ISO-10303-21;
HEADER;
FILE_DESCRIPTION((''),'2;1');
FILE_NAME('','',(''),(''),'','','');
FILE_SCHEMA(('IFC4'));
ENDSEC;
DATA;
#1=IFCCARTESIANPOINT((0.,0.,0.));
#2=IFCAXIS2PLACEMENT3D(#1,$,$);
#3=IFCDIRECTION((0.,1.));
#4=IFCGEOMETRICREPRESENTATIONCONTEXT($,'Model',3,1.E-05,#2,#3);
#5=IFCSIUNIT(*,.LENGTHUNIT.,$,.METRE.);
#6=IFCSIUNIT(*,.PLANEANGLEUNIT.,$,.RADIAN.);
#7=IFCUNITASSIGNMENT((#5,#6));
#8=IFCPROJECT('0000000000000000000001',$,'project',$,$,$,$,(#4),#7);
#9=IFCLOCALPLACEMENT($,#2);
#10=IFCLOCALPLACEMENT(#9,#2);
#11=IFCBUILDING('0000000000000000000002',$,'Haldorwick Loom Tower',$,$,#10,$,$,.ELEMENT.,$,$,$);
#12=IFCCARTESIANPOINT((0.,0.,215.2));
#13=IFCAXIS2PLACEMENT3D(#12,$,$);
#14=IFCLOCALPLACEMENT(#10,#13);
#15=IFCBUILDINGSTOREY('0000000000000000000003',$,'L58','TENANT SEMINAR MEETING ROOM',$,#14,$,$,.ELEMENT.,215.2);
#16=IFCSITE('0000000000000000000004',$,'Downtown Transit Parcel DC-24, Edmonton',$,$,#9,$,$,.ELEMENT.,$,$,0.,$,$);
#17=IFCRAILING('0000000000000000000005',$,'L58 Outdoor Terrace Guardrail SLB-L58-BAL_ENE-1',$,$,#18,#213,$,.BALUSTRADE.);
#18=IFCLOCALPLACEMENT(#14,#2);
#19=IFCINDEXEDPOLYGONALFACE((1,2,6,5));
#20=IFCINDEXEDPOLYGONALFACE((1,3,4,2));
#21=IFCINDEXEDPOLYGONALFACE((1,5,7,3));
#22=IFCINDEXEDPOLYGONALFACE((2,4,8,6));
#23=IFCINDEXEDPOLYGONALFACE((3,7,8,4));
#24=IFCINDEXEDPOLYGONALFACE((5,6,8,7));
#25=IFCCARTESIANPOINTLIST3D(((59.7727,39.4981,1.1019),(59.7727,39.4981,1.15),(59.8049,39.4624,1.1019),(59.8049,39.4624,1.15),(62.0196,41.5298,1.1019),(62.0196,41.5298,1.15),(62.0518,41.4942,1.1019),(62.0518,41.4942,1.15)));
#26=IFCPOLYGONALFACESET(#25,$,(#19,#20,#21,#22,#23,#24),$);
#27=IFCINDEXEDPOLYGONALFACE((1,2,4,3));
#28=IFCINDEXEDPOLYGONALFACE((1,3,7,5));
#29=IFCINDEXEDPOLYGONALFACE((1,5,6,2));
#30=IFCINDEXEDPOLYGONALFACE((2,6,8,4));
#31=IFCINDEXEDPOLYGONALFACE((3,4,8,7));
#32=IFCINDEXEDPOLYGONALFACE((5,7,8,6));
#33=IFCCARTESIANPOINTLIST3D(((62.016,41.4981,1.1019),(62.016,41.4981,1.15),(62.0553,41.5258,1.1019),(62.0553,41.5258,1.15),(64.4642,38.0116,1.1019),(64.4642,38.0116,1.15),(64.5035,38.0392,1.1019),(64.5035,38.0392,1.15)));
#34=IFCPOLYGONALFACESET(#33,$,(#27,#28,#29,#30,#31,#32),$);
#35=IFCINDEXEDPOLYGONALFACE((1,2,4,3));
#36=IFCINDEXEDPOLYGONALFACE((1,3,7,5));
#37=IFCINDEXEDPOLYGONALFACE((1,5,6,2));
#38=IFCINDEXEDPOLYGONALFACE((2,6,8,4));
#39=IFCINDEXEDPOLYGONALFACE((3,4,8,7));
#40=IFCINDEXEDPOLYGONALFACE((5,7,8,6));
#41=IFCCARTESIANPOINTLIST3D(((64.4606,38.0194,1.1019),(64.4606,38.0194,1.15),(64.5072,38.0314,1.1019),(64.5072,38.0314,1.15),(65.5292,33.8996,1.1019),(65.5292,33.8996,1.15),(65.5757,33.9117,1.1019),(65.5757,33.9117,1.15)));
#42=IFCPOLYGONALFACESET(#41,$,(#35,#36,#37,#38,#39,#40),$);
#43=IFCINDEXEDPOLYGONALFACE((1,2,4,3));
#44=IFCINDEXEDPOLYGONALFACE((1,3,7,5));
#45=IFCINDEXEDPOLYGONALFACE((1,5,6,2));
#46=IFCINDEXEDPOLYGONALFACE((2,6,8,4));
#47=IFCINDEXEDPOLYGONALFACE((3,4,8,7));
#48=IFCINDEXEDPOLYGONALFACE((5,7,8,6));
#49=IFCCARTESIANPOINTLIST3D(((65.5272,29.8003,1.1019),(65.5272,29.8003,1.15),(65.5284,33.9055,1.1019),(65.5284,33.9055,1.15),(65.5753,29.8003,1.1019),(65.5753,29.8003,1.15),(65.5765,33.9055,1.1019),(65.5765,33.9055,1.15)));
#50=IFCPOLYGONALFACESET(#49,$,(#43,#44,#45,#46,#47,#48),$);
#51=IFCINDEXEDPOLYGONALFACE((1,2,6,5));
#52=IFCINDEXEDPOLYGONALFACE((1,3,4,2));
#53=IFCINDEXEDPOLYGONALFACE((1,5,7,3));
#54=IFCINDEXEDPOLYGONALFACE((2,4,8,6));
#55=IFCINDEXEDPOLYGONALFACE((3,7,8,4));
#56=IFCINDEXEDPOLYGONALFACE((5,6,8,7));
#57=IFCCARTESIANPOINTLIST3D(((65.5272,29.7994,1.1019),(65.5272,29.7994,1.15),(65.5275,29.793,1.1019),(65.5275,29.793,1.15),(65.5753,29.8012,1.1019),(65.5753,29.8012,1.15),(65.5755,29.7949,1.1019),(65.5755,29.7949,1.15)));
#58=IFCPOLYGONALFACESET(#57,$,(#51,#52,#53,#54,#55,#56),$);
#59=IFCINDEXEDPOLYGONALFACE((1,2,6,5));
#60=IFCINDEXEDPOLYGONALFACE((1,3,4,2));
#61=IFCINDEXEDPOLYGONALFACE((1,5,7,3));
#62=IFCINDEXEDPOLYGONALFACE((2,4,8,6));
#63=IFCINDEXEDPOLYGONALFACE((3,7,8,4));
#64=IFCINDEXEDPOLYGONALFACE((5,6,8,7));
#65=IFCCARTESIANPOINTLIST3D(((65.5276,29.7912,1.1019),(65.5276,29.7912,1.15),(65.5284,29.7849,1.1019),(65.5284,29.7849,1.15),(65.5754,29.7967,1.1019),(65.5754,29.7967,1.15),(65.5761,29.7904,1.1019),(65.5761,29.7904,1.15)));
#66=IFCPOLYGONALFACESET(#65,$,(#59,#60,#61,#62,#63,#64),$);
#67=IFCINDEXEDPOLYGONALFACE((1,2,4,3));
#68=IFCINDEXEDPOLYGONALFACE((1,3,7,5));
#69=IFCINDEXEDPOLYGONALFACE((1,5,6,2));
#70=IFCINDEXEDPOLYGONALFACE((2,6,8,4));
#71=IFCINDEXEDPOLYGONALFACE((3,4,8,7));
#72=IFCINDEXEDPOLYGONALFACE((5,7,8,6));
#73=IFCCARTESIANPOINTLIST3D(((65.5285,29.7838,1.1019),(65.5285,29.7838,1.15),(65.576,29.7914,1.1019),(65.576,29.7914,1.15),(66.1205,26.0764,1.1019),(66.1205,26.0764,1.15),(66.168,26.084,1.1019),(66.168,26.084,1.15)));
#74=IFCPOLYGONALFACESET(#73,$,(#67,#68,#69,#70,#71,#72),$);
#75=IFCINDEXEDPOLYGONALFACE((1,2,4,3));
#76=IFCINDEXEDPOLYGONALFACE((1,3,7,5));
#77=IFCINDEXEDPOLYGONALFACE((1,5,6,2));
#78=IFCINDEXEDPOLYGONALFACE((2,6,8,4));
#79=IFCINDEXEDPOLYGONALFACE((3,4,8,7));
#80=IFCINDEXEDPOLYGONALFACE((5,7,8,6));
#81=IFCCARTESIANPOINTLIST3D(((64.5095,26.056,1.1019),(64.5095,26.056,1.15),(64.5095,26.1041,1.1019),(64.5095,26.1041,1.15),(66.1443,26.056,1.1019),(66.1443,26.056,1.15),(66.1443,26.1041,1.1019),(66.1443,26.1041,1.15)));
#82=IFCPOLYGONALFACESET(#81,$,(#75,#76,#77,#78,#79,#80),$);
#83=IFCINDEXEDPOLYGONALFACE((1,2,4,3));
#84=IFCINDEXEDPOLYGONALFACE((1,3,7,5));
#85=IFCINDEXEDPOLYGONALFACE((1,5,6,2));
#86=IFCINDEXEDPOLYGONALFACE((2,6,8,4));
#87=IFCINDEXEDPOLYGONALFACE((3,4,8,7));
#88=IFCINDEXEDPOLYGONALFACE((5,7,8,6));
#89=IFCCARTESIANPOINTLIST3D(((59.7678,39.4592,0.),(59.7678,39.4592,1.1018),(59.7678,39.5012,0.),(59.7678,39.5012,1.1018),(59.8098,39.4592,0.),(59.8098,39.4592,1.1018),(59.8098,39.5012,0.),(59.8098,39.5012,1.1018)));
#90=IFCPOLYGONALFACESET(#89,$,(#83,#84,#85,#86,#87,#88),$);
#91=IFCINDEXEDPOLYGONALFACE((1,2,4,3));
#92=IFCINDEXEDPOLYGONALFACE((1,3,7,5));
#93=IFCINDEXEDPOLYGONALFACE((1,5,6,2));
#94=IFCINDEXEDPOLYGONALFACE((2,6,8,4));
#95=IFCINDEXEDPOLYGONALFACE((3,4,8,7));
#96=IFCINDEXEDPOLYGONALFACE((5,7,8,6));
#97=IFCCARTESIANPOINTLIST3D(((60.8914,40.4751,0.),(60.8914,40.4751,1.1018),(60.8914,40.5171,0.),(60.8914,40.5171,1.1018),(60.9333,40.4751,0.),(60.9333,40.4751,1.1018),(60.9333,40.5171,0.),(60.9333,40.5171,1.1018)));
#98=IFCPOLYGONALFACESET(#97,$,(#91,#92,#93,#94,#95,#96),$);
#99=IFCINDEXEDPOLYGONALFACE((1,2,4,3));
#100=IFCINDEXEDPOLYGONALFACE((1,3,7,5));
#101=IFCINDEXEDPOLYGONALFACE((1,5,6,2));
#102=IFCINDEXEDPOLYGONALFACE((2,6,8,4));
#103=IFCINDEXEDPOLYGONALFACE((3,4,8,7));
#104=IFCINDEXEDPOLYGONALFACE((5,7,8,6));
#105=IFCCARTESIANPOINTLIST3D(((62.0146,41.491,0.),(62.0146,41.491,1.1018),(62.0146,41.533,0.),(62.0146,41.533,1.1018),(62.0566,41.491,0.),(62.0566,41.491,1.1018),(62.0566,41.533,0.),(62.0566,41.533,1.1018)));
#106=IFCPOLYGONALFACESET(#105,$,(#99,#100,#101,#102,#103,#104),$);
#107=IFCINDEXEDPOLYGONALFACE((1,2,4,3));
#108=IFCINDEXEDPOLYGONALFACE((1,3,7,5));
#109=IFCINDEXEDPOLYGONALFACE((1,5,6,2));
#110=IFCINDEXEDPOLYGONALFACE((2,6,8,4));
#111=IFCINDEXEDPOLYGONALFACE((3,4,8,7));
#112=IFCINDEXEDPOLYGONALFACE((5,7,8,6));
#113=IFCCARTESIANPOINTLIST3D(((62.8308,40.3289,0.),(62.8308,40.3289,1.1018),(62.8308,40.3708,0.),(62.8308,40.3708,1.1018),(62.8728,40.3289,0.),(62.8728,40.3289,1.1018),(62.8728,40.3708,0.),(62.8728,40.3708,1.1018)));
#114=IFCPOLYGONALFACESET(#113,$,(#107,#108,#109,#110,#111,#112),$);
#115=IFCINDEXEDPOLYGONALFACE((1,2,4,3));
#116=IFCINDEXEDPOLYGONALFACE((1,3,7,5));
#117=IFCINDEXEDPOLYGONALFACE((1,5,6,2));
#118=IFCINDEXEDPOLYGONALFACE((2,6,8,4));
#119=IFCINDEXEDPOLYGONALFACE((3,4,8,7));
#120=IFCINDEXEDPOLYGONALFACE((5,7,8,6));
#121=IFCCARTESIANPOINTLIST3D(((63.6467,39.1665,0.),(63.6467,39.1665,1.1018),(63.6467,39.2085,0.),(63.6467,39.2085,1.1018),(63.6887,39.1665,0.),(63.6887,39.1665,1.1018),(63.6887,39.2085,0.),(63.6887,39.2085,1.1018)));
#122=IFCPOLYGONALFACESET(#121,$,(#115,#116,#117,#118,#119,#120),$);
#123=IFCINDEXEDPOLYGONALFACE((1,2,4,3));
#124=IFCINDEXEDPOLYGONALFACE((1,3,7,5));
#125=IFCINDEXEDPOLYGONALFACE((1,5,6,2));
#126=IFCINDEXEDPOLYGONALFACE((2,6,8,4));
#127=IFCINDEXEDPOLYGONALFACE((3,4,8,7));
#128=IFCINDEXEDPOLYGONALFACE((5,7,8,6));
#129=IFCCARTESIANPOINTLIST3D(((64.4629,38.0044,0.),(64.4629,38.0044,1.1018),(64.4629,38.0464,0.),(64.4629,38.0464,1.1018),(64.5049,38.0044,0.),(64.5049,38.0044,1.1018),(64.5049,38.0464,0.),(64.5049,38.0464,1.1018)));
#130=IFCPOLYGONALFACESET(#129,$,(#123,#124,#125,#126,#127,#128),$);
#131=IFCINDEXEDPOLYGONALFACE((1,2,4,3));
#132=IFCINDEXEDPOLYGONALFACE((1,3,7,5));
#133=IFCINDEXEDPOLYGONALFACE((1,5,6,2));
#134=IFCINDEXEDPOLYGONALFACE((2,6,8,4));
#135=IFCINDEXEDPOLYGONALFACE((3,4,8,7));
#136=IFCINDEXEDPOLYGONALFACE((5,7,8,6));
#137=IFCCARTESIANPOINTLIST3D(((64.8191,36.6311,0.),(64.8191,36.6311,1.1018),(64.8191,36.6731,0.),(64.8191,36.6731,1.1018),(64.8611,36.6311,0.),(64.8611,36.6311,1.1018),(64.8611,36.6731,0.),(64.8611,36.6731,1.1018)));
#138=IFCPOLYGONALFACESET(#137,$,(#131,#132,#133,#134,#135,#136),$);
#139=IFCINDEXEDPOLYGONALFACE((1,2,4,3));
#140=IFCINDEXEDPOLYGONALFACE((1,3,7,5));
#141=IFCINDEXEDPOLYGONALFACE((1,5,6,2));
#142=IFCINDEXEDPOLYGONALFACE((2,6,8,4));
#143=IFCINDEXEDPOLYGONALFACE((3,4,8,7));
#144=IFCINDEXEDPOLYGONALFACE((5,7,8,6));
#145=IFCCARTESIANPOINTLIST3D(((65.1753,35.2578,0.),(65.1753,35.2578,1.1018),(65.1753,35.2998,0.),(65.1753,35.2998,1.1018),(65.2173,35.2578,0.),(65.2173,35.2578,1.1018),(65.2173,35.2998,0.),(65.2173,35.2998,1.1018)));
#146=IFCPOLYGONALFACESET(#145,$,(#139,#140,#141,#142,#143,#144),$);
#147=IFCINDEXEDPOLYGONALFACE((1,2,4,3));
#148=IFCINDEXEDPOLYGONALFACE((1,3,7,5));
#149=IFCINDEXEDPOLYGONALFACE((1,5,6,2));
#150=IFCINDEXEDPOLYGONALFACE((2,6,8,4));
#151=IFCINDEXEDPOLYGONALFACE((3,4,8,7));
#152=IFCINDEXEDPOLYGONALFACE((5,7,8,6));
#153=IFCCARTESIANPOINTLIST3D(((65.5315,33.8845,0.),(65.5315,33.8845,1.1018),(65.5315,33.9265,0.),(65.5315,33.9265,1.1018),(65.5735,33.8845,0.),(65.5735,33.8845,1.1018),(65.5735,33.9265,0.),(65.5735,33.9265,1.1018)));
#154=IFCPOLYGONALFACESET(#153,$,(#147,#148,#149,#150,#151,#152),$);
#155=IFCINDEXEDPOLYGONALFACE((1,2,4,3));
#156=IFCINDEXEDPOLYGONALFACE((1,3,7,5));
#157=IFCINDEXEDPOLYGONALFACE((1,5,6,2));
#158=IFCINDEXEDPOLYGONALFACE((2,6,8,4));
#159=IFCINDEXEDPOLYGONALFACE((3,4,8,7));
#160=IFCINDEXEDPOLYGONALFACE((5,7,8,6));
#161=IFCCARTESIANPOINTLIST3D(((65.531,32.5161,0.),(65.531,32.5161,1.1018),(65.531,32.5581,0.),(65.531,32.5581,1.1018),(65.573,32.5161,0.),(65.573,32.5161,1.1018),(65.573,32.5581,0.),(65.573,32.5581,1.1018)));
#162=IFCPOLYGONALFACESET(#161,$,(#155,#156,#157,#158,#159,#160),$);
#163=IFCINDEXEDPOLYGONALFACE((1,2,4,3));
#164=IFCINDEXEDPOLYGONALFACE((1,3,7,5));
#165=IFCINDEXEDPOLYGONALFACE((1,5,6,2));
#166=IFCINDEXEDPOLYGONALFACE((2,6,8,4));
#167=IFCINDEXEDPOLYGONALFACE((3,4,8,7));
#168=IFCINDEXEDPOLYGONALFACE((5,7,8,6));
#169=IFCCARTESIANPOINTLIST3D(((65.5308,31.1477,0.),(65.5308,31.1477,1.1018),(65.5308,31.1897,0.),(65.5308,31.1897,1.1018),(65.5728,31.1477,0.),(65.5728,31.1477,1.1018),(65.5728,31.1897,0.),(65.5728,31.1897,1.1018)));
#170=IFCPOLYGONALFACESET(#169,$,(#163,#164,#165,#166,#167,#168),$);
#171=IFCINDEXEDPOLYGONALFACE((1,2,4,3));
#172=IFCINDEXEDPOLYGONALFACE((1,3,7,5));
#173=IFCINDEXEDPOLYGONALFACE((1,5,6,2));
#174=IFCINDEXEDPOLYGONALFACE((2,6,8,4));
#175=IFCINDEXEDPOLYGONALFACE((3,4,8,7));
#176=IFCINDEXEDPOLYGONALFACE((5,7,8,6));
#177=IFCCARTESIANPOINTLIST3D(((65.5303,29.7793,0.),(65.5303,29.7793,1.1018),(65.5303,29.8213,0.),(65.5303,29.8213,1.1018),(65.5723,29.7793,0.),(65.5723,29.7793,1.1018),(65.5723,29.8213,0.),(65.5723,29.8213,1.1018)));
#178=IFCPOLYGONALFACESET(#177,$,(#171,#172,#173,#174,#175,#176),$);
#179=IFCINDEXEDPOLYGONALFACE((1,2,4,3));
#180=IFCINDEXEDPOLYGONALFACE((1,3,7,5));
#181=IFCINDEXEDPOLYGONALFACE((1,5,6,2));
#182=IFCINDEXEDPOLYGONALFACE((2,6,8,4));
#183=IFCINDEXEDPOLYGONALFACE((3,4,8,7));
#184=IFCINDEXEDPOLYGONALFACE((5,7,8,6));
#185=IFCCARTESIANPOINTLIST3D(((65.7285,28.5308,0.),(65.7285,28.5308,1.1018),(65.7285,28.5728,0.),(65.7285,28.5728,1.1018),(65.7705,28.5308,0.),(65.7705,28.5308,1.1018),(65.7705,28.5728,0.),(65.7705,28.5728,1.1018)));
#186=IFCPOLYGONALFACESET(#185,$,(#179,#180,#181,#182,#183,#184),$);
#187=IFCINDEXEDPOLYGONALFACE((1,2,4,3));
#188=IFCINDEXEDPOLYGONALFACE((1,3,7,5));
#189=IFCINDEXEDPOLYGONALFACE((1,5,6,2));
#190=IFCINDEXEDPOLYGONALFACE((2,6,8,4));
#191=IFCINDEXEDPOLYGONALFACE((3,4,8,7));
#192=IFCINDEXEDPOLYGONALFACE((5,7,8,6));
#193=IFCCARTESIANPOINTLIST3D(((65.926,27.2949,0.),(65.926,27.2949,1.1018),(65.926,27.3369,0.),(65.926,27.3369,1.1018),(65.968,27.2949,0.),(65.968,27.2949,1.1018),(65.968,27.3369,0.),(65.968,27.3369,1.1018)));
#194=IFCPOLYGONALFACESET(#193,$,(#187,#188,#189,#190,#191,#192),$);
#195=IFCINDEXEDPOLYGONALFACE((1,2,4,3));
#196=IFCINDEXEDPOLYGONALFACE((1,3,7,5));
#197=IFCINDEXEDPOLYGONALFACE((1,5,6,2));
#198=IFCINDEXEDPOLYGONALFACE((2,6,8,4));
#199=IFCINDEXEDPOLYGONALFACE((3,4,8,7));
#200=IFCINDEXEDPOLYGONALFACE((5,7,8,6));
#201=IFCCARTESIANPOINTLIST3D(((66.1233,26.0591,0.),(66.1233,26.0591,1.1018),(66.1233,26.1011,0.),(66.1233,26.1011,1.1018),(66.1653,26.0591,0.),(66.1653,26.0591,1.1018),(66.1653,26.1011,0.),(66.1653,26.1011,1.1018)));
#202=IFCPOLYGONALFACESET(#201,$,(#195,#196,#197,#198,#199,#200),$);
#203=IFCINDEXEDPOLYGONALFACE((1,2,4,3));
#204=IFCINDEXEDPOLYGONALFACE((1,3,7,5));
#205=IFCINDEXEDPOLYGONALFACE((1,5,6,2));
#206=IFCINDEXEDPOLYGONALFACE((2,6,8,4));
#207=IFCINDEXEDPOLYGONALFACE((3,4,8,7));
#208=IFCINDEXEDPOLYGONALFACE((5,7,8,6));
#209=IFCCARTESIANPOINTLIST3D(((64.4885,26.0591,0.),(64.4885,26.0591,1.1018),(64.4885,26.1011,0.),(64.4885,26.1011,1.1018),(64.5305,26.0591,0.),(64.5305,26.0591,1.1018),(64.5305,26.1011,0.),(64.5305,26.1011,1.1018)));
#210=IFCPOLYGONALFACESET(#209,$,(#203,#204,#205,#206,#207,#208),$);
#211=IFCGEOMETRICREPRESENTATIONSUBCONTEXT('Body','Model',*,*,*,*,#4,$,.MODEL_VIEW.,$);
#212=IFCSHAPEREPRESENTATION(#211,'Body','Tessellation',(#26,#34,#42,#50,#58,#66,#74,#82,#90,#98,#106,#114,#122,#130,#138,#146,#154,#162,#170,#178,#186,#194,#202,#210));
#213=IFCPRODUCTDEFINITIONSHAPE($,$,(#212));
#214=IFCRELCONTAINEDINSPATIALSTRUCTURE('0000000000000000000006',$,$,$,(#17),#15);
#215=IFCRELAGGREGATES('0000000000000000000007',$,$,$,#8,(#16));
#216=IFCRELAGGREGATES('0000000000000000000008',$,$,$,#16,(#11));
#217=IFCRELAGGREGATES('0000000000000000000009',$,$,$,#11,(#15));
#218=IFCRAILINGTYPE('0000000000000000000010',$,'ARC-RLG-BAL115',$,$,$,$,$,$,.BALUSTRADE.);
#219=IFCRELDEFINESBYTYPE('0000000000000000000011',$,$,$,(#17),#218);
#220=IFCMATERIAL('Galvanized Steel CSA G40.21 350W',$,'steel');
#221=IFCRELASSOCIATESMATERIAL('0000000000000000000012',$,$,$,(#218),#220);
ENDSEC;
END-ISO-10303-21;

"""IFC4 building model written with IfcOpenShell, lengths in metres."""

from ifc_helpers import new_model, si_unit, direction, frame, origin, origin_2d, place, context, subcontext, project, spatial, rectangle, extrude, material, type_object, element, save


model = new_model("IFC4")

# Units and contexts
model_context = context("Model", 3, precision=1e-05, world=origin(), true_north=direction((0.0, 1.0)))
body_context = subcontext(model_context, "Body", "Model", "MODEL_VIEW")
ifc_project = project(units=[si_unit("LENGTHUNIT", "METRE"), si_unit("PLANEANGLEUNIT", "RADIAN")], contexts=[model_context])

# Site, building, storey
site_placement = place(None, origin())
site = spatial("IfcSite", under=ifc_project, at=site_placement, Name="Downtown Transit Parcel DC-24, Edmonton", CompositionType="ELEMENT", RefElevation=0.0)
building_placement = place(site_placement, origin())
building = spatial("IfcBuilding", under=site, at=building_placement, Name="Haldorwick Loom Tower", CompositionType="ELEMENT")
storey_placement = place(building_placement, frame((0.0, 0.0, 215.2)))
storey = spatial("IfcBuildingStorey", under=building, at=storey_placement, Name="L58", Description="TENANT SEMINAR MEETING ROOM", CompositionType="ELEMENT", Elevation=215.2)

# Railing
ifc_material_1 = material(Name="Galvanized Steel CSA G40.21 350W", Category="steel")
railing_type_1 = type_object("IfcRailingType", Name="ARC-RLG-BAL115", PredefinedType="BALUSTRADE", material=ifc_material_1)
railing_1_placement = place(storey_placement, frame((59.7888, 39.4802, 0.0)))
element("IfcRailing", 1, at=railing_1_placement, inside=storey, type_object=railing_type_1, Name="L58 Outdoor Terrace Guardrail SLB-L58-BAL_ENE-1", PredefinedType="BALUSTRADE", context=body_context, shape_type="SweptSolid", body=[
    extrude(rectangle(XDim=0.0481, YDim=0.0481, at=origin_2d()), frame((0.0, 0.0, 1.126), z_axis=(0.741717, 0.670713, 0.0), x_axis=(-0.670713, 0.741717, 0.0)), (0.0, 0.0, 1.0), 3.0293),
    extrude(rectangle(XDim=0.0481, YDim=0.0481, at=origin_2d()), frame((2.2468, 2.0317, 1.126), z_axis=(0.574666, -0.818388, 0.0), x_axis=(0.818388, 0.574666, 0.0)), (0.0, 0.0, 1.0), 4.2603),
    extrude(rectangle(XDim=0.0481, YDim=0.0481, at=origin_2d()), frame((4.6951, -1.4548, 1.126), z_axis=(0.25107, -0.967969, 0.0), x_axis=(0.967969, 0.25107, 0.0)), (0.0, 0.0, 1.0), 4.2561),
    extrude(rectangle(XDim=0.0481, YDim=0.0481, at=origin_2d()), frame((5.7637, -5.5747, 1.126), z_axis=(-0.000297, -1.0, 0.0), x_axis=(1.0, -0.000297, 0.0)), (0.0, 0.0, 1.0), 4.1052),
    extrude(rectangle(XDim=0.0481, YDim=0.0481, at=origin_2d()), frame((5.7625, -9.6799, 1.126), z_axis=(0.038433, -0.999261, 0.0), x_axis=(0.999261, 0.038433, 0.0)), (0.0, 0.0, 1.0), 0.0063),
    extrude(rectangle(XDim=0.0481, YDim=0.0481, at=origin_2d()), frame((5.7627, -9.6863, 1.126), z_axis=(0.114624, -0.993409, 0.0), x_axis=(0.993409, 0.114624, 0.0)), (0.0, 0.0, 1.0), 0.0063),
    extrude(rectangle(XDim=0.0481, YDim=0.0481, at=origin_2d()), frame((5.7634, -9.6926, 1.126), z_axis=(0.157689, -0.987489, 0.0), x_axis=(0.987489, 0.157689, 0.0)), (0.0, 0.0, 1.0), 3.7544),
    extrude(rectangle(XDim=0.0481, YDim=0.0481, at=origin_2d()), frame((6.3555, -13.4001, 1.126), z_axis=(-1.0, 0.0, 0.0), x_axis=(0.0, -1.0, 0.0)), (0.0, 0.0, 1.0), 1.6348),
    extrude(rectangle(XDim=0.042, YDim=0.042, at=origin_2d()), origin(), (0.0, 0.0, 1.0), 1.1018),
    extrude(rectangle(XDim=0.042, YDim=0.042, at=origin_2d()), frame((1.1235, 1.0159, 0.0)), (0.0, 0.0, 1.0), 1.1018),
    extrude(rectangle(XDim=0.042, YDim=0.042, at=origin_2d()), frame((2.2468, 2.0317, 0.0)), (0.0, 0.0, 1.0), 1.1018),
    extrude(rectangle(XDim=0.042, YDim=0.042, at=origin_2d()), frame((3.063, 0.8696, 0.0)), (0.0, 0.0, 1.0), 1.1018),
    extrude(rectangle(XDim=0.042, YDim=0.042, at=origin_2d()), frame((3.8789, -0.2927, 0.0)), (0.0, 0.0, 1.0), 1.1018),
    extrude(rectangle(XDim=0.042, YDim=0.042, at=origin_2d()), frame((4.6951, -1.4548, 0.0)), (0.0, 0.0, 1.0), 1.1018),
    extrude(rectangle(XDim=0.042, YDim=0.042, at=origin_2d()), frame((5.0513, -2.8281, 0.0)), (0.0, 0.0, 1.0), 1.1018),
    extrude(rectangle(XDim=0.042, YDim=0.042, at=origin_2d()), frame((5.4075, -4.2014, 0.0)), (0.0, 0.0, 1.0), 1.1018),
    extrude(rectangle(XDim=0.042, YDim=0.042, at=origin_2d()), frame((5.7637, -5.5747, 0.0)), (0.0, 0.0, 1.0), 1.1018),
    extrude(rectangle(XDim=0.042, YDim=0.042, at=origin_2d()), frame((5.7632, -6.9431, 0.0)), (0.0, 0.0, 1.0), 1.1018),
    extrude(rectangle(XDim=0.042, YDim=0.042, at=origin_2d()), frame((5.7629, -8.3115, 0.0)), (0.0, 0.0, 1.0), 1.1018),
    extrude(rectangle(XDim=0.042, YDim=0.042, at=origin_2d()), frame((5.7625, -9.6799, 0.0)), (0.0, 0.0, 1.0), 1.1018),
    extrude(rectangle(XDim=0.042, YDim=0.042, at=origin_2d()), frame((5.9607, -10.9285, 0.0)), (0.0, 0.0, 1.0), 1.1018),
    extrude(rectangle(XDim=0.042, YDim=0.042, at=origin_2d()), frame((6.1582, -12.1643, 0.0)), (0.0, 0.0, 1.0), 1.1018),
    extrude(rectangle(XDim=0.042, YDim=0.042, at=origin_2d()), frame((6.3555, -13.4001, 0.0)), (0.0, 0.0, 1.0), 1.1018),
    extrude(rectangle(XDim=0.042, YDim=0.042, at=origin_2d()), frame((4.7207, -13.4001, 0.0)), (0.0, 0.0, 1.0), 1.1018),
])

save(model, "model.ifc")
